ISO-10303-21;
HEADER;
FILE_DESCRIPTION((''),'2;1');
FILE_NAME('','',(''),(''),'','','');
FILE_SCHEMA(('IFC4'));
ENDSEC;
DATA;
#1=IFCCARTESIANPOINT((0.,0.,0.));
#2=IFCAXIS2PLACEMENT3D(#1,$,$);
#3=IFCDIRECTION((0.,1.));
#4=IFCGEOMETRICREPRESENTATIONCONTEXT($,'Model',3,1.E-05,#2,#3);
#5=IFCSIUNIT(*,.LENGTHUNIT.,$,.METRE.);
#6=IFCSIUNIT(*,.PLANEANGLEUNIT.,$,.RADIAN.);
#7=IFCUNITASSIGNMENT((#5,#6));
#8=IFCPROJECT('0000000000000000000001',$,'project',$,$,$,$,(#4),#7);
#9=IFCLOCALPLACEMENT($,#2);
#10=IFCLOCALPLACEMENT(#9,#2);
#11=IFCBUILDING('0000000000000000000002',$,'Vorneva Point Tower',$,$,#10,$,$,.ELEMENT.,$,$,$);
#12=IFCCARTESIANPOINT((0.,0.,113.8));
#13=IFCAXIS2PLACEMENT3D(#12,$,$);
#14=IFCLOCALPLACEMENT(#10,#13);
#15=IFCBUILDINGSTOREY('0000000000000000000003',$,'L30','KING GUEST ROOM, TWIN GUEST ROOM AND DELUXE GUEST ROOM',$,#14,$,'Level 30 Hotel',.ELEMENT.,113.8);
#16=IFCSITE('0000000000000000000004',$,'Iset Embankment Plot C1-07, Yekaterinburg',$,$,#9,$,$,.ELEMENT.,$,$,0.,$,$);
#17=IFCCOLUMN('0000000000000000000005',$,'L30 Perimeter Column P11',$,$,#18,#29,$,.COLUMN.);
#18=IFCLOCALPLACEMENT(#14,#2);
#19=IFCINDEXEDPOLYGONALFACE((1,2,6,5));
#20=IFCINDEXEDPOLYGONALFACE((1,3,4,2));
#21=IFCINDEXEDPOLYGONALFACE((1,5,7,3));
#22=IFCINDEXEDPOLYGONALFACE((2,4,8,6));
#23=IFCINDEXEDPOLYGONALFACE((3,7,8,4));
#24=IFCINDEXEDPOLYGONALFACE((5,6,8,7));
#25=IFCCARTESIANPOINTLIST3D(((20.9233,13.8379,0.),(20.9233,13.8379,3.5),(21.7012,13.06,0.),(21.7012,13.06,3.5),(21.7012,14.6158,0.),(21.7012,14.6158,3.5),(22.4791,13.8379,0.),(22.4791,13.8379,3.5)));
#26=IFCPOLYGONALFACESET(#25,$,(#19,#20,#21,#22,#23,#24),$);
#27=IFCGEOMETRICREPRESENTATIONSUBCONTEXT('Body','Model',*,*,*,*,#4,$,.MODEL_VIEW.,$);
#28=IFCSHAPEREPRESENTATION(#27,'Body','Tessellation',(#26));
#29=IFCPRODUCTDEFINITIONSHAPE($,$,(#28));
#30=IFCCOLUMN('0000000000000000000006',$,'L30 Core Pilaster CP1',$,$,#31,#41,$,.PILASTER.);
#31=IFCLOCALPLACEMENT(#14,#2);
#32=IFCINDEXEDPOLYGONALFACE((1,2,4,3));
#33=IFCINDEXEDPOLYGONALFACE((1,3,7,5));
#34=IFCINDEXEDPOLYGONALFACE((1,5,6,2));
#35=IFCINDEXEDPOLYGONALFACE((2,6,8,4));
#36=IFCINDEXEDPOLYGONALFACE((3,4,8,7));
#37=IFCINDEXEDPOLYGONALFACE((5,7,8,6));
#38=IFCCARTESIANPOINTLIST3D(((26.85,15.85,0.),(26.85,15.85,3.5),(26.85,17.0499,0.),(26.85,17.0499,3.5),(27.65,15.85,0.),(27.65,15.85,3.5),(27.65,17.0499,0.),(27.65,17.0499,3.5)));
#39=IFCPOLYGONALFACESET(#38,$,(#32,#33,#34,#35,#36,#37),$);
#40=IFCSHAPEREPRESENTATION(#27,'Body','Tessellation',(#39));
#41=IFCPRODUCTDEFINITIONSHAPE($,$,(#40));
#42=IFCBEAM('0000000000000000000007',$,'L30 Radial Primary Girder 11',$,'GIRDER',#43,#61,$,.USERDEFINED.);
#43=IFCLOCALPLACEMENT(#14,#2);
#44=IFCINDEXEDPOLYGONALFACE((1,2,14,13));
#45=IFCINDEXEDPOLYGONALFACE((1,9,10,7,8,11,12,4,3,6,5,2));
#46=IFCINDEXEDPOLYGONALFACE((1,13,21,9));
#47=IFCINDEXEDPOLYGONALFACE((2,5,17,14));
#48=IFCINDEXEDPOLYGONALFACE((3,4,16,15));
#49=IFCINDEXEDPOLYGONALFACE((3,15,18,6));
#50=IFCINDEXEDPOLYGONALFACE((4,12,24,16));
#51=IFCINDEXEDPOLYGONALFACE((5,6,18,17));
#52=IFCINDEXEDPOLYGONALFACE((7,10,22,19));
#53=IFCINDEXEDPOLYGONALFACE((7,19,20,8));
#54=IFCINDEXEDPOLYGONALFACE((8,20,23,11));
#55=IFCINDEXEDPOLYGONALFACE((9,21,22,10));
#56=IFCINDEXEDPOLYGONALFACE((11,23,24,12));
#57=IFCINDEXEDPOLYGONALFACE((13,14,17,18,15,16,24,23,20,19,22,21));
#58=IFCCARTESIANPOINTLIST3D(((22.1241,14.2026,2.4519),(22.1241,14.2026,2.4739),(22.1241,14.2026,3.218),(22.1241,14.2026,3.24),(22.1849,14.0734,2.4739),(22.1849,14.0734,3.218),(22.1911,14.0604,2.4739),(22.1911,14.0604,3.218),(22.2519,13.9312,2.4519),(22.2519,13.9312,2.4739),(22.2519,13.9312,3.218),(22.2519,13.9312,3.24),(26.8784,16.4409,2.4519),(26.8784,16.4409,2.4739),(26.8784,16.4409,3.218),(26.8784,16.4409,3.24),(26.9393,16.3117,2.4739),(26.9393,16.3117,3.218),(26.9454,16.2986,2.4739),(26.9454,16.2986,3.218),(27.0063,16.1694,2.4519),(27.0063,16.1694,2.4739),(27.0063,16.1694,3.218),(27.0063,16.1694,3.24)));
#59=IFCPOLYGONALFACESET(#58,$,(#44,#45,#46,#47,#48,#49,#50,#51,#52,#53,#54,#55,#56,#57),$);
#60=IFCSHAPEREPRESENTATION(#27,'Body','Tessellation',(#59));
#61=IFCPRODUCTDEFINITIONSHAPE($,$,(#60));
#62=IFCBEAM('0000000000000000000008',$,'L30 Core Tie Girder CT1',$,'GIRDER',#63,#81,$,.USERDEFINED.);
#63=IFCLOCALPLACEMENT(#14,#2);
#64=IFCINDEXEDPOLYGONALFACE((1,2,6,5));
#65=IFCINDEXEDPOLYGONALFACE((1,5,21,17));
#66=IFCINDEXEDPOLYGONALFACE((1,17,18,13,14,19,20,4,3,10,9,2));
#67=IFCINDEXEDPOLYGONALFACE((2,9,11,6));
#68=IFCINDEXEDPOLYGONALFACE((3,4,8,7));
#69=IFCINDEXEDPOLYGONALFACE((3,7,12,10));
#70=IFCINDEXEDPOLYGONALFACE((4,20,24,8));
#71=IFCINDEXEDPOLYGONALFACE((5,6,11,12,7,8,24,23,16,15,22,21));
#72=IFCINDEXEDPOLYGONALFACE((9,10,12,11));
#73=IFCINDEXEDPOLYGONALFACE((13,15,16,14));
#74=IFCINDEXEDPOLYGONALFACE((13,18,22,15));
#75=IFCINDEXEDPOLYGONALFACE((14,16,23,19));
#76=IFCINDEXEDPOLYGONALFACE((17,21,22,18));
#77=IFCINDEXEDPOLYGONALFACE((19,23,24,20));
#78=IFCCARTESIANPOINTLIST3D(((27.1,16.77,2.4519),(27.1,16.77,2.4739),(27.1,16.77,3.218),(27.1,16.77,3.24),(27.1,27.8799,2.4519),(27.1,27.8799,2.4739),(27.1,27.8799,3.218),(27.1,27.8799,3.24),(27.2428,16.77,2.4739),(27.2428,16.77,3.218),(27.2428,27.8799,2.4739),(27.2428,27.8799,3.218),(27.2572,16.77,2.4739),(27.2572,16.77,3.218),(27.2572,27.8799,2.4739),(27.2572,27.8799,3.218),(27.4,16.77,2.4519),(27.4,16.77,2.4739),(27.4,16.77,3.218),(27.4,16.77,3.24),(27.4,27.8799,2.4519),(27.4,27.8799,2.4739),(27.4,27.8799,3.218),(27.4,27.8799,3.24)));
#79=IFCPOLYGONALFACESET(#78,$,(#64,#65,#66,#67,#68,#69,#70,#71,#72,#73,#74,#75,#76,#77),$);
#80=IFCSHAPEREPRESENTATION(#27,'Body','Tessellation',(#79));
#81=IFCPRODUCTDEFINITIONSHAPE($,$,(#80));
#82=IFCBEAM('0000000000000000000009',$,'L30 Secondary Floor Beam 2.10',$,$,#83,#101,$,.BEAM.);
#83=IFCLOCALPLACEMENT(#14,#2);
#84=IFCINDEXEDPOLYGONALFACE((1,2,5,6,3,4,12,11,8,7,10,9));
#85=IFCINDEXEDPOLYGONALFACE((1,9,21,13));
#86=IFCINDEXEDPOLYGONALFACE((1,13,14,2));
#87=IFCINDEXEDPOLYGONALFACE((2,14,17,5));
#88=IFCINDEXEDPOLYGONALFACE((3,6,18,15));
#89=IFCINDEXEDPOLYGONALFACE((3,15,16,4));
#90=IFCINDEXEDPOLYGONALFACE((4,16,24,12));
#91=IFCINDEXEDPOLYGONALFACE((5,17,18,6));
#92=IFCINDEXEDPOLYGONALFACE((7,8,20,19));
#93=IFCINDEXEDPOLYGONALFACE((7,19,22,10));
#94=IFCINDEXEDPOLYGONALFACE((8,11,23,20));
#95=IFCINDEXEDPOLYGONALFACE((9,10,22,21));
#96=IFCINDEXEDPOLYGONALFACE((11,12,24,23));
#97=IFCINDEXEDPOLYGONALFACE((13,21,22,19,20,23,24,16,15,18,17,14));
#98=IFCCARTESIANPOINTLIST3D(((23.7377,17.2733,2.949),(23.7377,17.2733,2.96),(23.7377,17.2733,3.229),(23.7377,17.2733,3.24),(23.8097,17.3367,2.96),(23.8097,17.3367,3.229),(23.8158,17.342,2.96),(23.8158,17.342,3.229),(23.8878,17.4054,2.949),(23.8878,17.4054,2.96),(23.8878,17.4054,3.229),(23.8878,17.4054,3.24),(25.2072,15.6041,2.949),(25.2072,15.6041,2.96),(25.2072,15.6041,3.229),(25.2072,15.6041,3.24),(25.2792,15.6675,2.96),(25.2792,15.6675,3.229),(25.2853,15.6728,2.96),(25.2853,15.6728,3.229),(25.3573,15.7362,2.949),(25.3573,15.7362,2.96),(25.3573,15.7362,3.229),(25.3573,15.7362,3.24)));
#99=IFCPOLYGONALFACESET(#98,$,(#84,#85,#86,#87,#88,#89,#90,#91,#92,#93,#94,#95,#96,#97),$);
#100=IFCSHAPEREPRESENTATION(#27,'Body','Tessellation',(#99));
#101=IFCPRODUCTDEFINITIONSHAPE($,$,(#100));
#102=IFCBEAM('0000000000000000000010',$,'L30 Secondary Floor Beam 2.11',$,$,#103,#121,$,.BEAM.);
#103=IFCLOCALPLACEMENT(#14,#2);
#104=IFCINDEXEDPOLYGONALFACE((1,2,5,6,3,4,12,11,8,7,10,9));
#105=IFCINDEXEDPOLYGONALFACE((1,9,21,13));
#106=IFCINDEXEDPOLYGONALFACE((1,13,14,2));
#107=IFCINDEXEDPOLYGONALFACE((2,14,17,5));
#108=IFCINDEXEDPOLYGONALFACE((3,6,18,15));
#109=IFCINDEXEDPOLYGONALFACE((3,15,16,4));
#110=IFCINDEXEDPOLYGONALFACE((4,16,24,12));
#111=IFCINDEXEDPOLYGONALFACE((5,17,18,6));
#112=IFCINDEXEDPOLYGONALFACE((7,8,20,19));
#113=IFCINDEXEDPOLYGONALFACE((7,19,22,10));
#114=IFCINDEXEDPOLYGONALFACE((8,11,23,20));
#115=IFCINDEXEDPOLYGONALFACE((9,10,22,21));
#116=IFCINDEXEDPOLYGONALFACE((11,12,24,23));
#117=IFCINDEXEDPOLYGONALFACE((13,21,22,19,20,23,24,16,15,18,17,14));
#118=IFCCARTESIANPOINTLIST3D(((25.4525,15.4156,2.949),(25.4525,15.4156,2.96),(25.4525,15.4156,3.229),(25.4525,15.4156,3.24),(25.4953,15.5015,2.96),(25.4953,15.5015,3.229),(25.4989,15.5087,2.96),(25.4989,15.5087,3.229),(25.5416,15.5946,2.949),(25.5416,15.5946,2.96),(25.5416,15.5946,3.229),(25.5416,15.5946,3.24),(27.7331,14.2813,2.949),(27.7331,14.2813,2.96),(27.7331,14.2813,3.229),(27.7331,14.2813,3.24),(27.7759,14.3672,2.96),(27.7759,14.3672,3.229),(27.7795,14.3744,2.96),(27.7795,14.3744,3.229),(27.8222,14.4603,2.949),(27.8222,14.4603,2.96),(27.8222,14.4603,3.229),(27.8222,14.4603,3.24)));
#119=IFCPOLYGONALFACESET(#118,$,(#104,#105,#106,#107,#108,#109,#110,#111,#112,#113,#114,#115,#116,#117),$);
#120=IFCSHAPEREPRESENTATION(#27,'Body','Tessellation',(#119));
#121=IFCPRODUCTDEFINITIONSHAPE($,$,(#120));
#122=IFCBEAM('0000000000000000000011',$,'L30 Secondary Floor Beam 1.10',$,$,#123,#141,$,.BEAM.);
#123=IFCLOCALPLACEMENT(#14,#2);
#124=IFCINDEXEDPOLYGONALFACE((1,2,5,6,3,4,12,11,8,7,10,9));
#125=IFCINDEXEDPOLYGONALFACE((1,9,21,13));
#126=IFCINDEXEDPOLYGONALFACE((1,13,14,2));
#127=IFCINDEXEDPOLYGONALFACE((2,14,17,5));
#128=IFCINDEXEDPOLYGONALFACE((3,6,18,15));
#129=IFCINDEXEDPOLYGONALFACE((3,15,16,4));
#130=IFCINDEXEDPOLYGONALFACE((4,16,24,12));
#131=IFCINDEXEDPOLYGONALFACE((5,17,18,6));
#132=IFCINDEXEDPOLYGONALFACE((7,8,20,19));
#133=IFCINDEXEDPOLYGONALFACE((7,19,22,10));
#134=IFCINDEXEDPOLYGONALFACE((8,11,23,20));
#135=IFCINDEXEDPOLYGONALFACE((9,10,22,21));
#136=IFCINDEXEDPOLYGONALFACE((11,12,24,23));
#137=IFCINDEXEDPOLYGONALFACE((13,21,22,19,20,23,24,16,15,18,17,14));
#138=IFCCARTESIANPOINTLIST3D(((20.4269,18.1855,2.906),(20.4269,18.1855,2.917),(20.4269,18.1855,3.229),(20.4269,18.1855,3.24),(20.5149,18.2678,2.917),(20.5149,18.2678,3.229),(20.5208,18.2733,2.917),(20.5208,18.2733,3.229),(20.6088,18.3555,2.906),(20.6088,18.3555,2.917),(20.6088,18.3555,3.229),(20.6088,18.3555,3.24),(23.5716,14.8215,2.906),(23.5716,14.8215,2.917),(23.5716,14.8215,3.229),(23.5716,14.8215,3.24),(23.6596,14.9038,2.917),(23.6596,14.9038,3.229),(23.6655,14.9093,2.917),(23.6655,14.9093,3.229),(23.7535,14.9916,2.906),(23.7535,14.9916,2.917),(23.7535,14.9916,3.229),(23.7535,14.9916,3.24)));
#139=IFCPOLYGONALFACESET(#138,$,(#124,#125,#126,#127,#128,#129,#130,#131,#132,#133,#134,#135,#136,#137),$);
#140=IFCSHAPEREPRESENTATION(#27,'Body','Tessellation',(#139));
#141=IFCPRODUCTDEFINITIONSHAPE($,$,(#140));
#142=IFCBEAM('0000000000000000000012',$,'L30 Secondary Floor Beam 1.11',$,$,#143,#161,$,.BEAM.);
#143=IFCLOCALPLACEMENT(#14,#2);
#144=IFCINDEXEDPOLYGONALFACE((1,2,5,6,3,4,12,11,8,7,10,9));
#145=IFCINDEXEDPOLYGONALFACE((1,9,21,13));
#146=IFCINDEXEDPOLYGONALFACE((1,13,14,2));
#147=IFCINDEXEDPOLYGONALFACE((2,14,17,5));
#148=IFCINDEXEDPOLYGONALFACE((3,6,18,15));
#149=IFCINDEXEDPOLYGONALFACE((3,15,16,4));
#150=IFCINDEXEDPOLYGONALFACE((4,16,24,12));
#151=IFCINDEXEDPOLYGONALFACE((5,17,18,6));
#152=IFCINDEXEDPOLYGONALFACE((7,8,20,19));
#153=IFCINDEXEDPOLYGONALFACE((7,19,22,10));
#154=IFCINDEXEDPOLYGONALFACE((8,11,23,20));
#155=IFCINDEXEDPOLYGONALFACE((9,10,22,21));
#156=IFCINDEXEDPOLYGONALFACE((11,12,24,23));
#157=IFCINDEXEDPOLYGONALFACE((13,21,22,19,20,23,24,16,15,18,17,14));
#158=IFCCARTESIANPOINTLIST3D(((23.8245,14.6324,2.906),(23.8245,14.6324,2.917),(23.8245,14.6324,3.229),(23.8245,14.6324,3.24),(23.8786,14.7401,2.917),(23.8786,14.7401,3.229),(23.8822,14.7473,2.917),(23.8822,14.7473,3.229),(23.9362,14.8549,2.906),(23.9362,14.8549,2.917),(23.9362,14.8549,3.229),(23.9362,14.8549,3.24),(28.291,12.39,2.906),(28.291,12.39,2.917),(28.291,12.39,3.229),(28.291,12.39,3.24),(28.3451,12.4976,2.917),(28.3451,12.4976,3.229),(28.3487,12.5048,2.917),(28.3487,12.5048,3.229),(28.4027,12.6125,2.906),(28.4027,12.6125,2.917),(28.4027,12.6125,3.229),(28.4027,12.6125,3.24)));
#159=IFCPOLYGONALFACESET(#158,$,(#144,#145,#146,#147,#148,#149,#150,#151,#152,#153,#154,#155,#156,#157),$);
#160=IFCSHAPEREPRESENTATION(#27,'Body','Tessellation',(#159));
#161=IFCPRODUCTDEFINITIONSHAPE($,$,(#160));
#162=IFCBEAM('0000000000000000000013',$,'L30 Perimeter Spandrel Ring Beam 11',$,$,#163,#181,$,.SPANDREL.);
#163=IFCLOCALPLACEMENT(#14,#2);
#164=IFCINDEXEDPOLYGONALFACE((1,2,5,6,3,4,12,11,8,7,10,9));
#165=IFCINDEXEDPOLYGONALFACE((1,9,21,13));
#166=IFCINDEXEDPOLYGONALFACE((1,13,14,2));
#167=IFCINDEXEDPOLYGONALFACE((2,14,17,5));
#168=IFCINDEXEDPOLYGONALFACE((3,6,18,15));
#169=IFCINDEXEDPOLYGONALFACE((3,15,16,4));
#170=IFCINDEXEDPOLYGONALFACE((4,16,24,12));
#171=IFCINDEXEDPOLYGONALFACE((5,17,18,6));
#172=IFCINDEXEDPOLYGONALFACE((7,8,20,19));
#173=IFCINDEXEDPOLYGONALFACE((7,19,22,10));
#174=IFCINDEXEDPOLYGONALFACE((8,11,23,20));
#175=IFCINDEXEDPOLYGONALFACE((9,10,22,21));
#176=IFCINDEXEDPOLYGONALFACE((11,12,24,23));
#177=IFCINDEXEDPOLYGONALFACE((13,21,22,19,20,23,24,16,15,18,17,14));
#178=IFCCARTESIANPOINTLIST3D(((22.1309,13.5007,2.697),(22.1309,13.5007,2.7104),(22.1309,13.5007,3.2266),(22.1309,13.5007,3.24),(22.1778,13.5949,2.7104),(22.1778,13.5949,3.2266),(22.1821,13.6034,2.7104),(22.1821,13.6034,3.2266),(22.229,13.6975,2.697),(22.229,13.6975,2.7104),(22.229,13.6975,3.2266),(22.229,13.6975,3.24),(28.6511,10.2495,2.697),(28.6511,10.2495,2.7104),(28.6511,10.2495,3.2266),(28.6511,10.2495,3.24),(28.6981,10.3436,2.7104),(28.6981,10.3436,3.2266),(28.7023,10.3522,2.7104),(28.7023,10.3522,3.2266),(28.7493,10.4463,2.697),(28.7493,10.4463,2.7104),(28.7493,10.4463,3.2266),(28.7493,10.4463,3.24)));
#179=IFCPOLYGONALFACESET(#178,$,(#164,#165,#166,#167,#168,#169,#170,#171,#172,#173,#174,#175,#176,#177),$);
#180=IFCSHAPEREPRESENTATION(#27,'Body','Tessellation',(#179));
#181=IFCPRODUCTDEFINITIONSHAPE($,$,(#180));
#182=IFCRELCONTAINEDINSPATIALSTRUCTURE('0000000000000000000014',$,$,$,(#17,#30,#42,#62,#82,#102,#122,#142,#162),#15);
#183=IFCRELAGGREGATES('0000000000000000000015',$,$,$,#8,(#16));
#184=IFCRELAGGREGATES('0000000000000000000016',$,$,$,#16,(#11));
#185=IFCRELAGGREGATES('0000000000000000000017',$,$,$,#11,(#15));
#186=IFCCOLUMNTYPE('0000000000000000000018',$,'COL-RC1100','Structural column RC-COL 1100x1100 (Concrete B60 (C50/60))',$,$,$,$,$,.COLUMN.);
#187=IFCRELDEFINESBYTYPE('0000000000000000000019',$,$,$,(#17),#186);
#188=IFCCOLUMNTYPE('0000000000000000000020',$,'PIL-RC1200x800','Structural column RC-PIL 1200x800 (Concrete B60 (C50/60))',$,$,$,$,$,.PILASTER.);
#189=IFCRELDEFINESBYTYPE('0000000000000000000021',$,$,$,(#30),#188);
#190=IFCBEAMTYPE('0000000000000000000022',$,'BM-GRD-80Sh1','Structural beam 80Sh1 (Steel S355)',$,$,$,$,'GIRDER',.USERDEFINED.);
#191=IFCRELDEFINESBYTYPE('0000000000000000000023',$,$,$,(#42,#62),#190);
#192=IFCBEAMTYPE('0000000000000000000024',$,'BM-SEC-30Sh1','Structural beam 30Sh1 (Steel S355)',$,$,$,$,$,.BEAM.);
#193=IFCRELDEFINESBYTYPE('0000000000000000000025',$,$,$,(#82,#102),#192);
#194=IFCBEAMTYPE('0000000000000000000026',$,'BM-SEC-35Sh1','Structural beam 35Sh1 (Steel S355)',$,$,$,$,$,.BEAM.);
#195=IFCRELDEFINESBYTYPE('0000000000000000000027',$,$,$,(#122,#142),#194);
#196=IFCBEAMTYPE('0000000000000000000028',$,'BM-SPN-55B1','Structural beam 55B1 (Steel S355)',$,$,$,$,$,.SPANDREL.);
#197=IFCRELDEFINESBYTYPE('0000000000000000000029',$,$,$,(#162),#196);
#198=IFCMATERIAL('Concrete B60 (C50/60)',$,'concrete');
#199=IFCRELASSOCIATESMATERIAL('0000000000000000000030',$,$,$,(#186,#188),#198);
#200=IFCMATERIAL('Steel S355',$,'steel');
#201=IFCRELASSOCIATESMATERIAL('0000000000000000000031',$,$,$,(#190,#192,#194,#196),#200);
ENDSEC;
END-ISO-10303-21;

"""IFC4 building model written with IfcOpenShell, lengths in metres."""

from ifc_helpers import new_model, si_unit, direction, frame, origin, origin_2d, place, context, subcontext, project, spatial, rectangle, i_section, extrude, material, material_profile, profile_set, type_object, element, save


model = new_model("IFC4")

# Units and contexts
model_context = context("Model", 3, precision=1e-05, world=origin(), true_north=direction((0.0, 1.0)))
body_context = subcontext(model_context, "Body", "Model", "MODEL_VIEW")
ifc_project = project(units=[si_unit("LENGTHUNIT", "METRE"), si_unit("PLANEANGLEUNIT", "RADIAN")], contexts=[model_context])

# Site, building, storey
site_placement = place(None, origin())
site = spatial("IfcSite", under=ifc_project, at=site_placement, Name="Iset Embankment Plot C1-07, Yekaterinburg", CompositionType="ELEMENT", RefElevation=0.0)
building_placement = place(site_placement, origin())
building = spatial("IfcBuilding", under=site, at=building_placement, Name="Vorneva Point Tower", CompositionType="ELEMENT")
storey_placement = place(building_placement, frame((0.0, 0.0, 113.8)))
storey = spatial("IfcBuildingStorey", under=building, at=storey_placement, Name="L30", Description="KING GUEST ROOM, TWIN GUEST ROOM AND DELUXE GUEST ROOM", LongName="Level 30 Hotel", CompositionType="ELEMENT", Elevation=113.8)

# Columns
ifc_material_1 = material(Name="Concrete B60 (C50/60)", Category="concrete")
ifc_material_profile_1 = material_profile(ifc_material_1, rectangle(XDim=1.1001, YDim=1.1001, at=origin_2d()), Name="RC-COL 1100x1100")
ifc_profile_set_1 = profile_set([ifc_material_profile_1], Name="Concrete B60 (C50/60)")
column_type_1 = type_object("IfcColumnType", Name="COL-RC1100", Description="Structural column RC-COL 1100x1100 (Concrete B60 (C50/60))", PredefinedType="COLUMN", material=ifc_profile_set_1)
column_1_placement = place(storey_placement, frame((21.7012, 13.8379, 0.0), z_axis=(0.0, 0.0, 1.0), x_axis=(-0.707107, -0.707107, 0.0)))
element("IfcColumn", 1, at=column_1_placement, inside=storey, type_object=column_type_1, Name="L30 Perimeter Column P11", PredefinedType="COLUMN", context=body_context, shape_type="SweptSolid", body=[
    extrude(rectangle(XDim=1.1001, YDim=1.1001, at=origin_2d()), origin(), (0.0, 0.0, 1.0), 3.5),
])
ifc_material_profile_2 = material_profile(ifc_material_1, rectangle(XDim=0.8, YDim=1.2, at=origin_2d()), Name="RC-PIL 1200x800")
ifc_profile_set_2 = profile_set([ifc_material_profile_2], Name="Concrete B60 (C50/60)")
column_type_2 = type_object("IfcColumnType", Name="PIL-RC1200x800", Description="Structural column RC-PIL 1200x800 (Concrete B60 (C50/60))", PredefinedType="PILASTER", material=ifc_profile_set_2)
column_2_placement = place(storey_placement, frame((27.25, 16.45, 0.0), z_axis=(0.0, 0.0, 1.0), x_axis=(1.0, 0.0, 0.0)))
element("IfcColumn", 2, at=column_2_placement, inside=storey, type_object=column_type_2, Name="L30 Core Pilaster CP1", PredefinedType="PILASTER", context=body_context, shape_type="SweptSolid", body=[
    extrude(rectangle(XDim=0.8, YDim=1.2, at=origin_2d()), origin(), (0.0, 0.0, 1.0), 3.5),
])

# Beams
ifc_material_2 = material(Name="Steel S355", Category="steel")
ifc_material_profile_3 = material_profile(ifc_material_2, i_section(OverallWidth=0.3, OverallDepth=0.7881, WebThickness=0.0144, FlangeThickness=0.022, at=origin_2d()), Name="80Sh1")
ifc_profile_set_3 = profile_set([ifc_material_profile_3], Name="Steel S355")
beam_type_1 = type_object("IfcBeamType", Name="BM-GRD-80Sh1", Description="Structural beam 80Sh1 (Steel S355)", ElementType="GIRDER", PredefinedType="USERDEFINED", material=ifc_profile_set_3)
beam_1_placement = place(storey_placement, frame((22.188, 14.0669, 2.8459), z_axis=(0.904751, 0.42594, 0.0), x_axis=(-0.42594, 0.904751, 0.0)))
element("IfcBeam", 3, at=beam_1_placement, inside=storey, type_object=beam_type_1, Name="L30 Radial Primary Girder 11", ObjectType="GIRDER", PredefinedType="USERDEFINED", context=body_context, shape_type="SweptSolid", body=[
    extrude(i_section(OverallWidth=0.3, OverallDepth=0.7881, WebThickness=0.0144, FlangeThickness=0.022, at=origin_2d()), origin(), (0.0, 0.0, 1.0), 5.2549),
])
beam_2_placement = place(storey_placement, frame((27.25, 16.77, 2.8459), z_axis=(0.0, 1.0, 0.0), x_axis=(-1.0, 0.0, 0.0)))
element("IfcBeam", 4, at=beam_2_placement, inside=storey, type_object=beam_type_1, Name="L30 Core Tie Girder CT1", ObjectType="GIRDER", PredefinedType="USERDEFINED", context=body_context, shape_type="SweptSolid", body=[
    extrude(i_section(OverallWidth=0.3, OverallDepth=0.7881, WebThickness=0.0144, FlangeThickness=0.022, at=origin_2d()), origin(), (0.0, 0.0, 1.0), 11.1099),
])
ifc_material_profile_4 = material_profile(ifc_material_2, i_section(OverallWidth=0.2, OverallDepth=0.291, WebThickness=0.0081, FlangeThickness=0.011, at=origin_2d()), Name="30Sh1")
ifc_profile_set_4 = profile_set([ifc_material_profile_4], Name="Steel S355")
beam_type_2 = type_object("IfcBeamType", Name="BM-SEC-30Sh1", Description="Structural beam 30Sh1 (Steel S355)", PredefinedType="BEAM", material=ifc_profile_set_4)
beam_3_placement = place(storey_placement, frame((23.8127, 17.3394, 3.0945), z_axis=(0.660779, -0.750581, 0.0), x_axis=(0.750581, 0.660779, 0.0)))
element("IfcBeam", 5, at=beam_3_placement, inside=storey, type_object=beam_type_2, Name="L30 Secondary Floor Beam 2.10", PredefinedType="BEAM", context=body_context, shape_type="SweptSolid", body=[
    extrude(i_section(OverallWidth=0.2, OverallDepth=0.291, WebThickness=0.0081, FlangeThickness=0.011, at=origin_2d()), origin(), (0.0, 0.0, 1.0), 2.2239),
])
beam_4_placement = place(storey_placement, frame((25.4971, 15.5051, 3.0945), z_axis=(0.895365, -0.445334, 0.0), x_axis=(0.445334, 0.895365, 0.0)))
element("IfcBeam", 6, at=beam_4_placement, inside=storey, type_object=beam_type_2, Name="L30 Secondary Floor Beam 2.11", PredefinedType="BEAM", context=body_context, shape_type="SweptSolid", body=[
    extrude(i_section(OverallWidth=0.2, OverallDepth=0.291, WebThickness=0.0081, FlangeThickness=0.011, at=origin_2d()), origin(), (0.0, 0.0, 1.0), 2.5471),
])
ifc_material_profile_5 = material_profile(ifc_material_2, i_section(OverallWidth=0.249, OverallDepth=0.334, WebThickness=0.0081, FlangeThickness=0.011, at=origin_2d()), Name="35Sh1")
ifc_profile_set_5 = profile_set([ifc_material_profile_5], Name="Steel S355")
beam_type_3 = type_object("IfcBeamType", Name="BM-SEC-35Sh1", Description="Structural beam 35Sh1 (Steel S355)", PredefinedType="BEAM", material=ifc_profile_set_5)
beam_5_placement = place(storey_placement, frame((20.5178, 18.2705, 3.073), z_axis=(0.682902, -0.73051, 0.0), x_axis=(0.73051, 0.682902, 0.0)))
element("IfcBeam", 7, at=beam_5_placement, inside=storey, type_object=beam_type_3, Name="L30 Secondary Floor Beam 1.10", PredefinedType="BEAM", context=body_context, shape_type="SweptSolid", body=[
    extrude(i_section(OverallWidth=0.249, OverallDepth=0.334, WebThickness=0.0081, FlangeThickness=0.011, at=origin_2d()), origin(), (0.0, 0.0, 1.0), 4.605),
])
beam_6_placement = place(storey_placement, frame((23.8804, 14.7437, 3.073), z_axis=(0.893693, -0.448678, 0.0), x_axis=(0.448678, 0.893693, 0.0)))
element("IfcBeam", 8, at=beam_6_placement, inside=storey, type_object=beam_type_3, Name="L30 Secondary Floor Beam 1.11", PredefinedType="BEAM", context=body_context, shape_type="SweptSolid", body=[
    extrude(i_section(OverallWidth=0.249, OverallDepth=0.334, WebThickness=0.0081, FlangeThickness=0.011, at=origin_2d()), origin(), (0.0, 0.0, 1.0), 4.9978),
])
ifc_material_profile_6 = material_profile(ifc_material_2, i_section(OverallWidth=0.22, OverallDepth=0.543, WebThickness=0.0095, FlangeThickness=0.0134, at=origin_2d()), Name="55B1")
ifc_profile_set_6 = profile_set([ifc_material_profile_6], Name="Steel S355")
beam_type_4 = type_object("IfcBeamType", Name="BM-SPN-55B1", Description="Structural beam 55B1 (Steel S355)", PredefinedType="SPANDREL", material=ifc_profile_set_6)
beam_7_placement = place(storey_placement, frame((22.1799, 13.5991, 2.9685), z_axis=(0.894916, -0.446235, 0.0), x_axis=(0.446235, 0.894916, 0.0)))
element("IfcBeam", 9, at=beam_7_placement, inside=storey, type_object=beam_type_4, Name="L30 Perimeter Spandrel Ring Beam 11", PredefinedType="SPANDREL", context=body_context, shape_type="SweptSolid", body=[
    extrude(i_section(OverallWidth=0.22, OverallDepth=0.543, WebThickness=0.0095, FlangeThickness=0.0134, at=origin_2d()), origin(), (0.0, 0.0, 1.0), 7.2859),
])

save(model, "model.ifc")
